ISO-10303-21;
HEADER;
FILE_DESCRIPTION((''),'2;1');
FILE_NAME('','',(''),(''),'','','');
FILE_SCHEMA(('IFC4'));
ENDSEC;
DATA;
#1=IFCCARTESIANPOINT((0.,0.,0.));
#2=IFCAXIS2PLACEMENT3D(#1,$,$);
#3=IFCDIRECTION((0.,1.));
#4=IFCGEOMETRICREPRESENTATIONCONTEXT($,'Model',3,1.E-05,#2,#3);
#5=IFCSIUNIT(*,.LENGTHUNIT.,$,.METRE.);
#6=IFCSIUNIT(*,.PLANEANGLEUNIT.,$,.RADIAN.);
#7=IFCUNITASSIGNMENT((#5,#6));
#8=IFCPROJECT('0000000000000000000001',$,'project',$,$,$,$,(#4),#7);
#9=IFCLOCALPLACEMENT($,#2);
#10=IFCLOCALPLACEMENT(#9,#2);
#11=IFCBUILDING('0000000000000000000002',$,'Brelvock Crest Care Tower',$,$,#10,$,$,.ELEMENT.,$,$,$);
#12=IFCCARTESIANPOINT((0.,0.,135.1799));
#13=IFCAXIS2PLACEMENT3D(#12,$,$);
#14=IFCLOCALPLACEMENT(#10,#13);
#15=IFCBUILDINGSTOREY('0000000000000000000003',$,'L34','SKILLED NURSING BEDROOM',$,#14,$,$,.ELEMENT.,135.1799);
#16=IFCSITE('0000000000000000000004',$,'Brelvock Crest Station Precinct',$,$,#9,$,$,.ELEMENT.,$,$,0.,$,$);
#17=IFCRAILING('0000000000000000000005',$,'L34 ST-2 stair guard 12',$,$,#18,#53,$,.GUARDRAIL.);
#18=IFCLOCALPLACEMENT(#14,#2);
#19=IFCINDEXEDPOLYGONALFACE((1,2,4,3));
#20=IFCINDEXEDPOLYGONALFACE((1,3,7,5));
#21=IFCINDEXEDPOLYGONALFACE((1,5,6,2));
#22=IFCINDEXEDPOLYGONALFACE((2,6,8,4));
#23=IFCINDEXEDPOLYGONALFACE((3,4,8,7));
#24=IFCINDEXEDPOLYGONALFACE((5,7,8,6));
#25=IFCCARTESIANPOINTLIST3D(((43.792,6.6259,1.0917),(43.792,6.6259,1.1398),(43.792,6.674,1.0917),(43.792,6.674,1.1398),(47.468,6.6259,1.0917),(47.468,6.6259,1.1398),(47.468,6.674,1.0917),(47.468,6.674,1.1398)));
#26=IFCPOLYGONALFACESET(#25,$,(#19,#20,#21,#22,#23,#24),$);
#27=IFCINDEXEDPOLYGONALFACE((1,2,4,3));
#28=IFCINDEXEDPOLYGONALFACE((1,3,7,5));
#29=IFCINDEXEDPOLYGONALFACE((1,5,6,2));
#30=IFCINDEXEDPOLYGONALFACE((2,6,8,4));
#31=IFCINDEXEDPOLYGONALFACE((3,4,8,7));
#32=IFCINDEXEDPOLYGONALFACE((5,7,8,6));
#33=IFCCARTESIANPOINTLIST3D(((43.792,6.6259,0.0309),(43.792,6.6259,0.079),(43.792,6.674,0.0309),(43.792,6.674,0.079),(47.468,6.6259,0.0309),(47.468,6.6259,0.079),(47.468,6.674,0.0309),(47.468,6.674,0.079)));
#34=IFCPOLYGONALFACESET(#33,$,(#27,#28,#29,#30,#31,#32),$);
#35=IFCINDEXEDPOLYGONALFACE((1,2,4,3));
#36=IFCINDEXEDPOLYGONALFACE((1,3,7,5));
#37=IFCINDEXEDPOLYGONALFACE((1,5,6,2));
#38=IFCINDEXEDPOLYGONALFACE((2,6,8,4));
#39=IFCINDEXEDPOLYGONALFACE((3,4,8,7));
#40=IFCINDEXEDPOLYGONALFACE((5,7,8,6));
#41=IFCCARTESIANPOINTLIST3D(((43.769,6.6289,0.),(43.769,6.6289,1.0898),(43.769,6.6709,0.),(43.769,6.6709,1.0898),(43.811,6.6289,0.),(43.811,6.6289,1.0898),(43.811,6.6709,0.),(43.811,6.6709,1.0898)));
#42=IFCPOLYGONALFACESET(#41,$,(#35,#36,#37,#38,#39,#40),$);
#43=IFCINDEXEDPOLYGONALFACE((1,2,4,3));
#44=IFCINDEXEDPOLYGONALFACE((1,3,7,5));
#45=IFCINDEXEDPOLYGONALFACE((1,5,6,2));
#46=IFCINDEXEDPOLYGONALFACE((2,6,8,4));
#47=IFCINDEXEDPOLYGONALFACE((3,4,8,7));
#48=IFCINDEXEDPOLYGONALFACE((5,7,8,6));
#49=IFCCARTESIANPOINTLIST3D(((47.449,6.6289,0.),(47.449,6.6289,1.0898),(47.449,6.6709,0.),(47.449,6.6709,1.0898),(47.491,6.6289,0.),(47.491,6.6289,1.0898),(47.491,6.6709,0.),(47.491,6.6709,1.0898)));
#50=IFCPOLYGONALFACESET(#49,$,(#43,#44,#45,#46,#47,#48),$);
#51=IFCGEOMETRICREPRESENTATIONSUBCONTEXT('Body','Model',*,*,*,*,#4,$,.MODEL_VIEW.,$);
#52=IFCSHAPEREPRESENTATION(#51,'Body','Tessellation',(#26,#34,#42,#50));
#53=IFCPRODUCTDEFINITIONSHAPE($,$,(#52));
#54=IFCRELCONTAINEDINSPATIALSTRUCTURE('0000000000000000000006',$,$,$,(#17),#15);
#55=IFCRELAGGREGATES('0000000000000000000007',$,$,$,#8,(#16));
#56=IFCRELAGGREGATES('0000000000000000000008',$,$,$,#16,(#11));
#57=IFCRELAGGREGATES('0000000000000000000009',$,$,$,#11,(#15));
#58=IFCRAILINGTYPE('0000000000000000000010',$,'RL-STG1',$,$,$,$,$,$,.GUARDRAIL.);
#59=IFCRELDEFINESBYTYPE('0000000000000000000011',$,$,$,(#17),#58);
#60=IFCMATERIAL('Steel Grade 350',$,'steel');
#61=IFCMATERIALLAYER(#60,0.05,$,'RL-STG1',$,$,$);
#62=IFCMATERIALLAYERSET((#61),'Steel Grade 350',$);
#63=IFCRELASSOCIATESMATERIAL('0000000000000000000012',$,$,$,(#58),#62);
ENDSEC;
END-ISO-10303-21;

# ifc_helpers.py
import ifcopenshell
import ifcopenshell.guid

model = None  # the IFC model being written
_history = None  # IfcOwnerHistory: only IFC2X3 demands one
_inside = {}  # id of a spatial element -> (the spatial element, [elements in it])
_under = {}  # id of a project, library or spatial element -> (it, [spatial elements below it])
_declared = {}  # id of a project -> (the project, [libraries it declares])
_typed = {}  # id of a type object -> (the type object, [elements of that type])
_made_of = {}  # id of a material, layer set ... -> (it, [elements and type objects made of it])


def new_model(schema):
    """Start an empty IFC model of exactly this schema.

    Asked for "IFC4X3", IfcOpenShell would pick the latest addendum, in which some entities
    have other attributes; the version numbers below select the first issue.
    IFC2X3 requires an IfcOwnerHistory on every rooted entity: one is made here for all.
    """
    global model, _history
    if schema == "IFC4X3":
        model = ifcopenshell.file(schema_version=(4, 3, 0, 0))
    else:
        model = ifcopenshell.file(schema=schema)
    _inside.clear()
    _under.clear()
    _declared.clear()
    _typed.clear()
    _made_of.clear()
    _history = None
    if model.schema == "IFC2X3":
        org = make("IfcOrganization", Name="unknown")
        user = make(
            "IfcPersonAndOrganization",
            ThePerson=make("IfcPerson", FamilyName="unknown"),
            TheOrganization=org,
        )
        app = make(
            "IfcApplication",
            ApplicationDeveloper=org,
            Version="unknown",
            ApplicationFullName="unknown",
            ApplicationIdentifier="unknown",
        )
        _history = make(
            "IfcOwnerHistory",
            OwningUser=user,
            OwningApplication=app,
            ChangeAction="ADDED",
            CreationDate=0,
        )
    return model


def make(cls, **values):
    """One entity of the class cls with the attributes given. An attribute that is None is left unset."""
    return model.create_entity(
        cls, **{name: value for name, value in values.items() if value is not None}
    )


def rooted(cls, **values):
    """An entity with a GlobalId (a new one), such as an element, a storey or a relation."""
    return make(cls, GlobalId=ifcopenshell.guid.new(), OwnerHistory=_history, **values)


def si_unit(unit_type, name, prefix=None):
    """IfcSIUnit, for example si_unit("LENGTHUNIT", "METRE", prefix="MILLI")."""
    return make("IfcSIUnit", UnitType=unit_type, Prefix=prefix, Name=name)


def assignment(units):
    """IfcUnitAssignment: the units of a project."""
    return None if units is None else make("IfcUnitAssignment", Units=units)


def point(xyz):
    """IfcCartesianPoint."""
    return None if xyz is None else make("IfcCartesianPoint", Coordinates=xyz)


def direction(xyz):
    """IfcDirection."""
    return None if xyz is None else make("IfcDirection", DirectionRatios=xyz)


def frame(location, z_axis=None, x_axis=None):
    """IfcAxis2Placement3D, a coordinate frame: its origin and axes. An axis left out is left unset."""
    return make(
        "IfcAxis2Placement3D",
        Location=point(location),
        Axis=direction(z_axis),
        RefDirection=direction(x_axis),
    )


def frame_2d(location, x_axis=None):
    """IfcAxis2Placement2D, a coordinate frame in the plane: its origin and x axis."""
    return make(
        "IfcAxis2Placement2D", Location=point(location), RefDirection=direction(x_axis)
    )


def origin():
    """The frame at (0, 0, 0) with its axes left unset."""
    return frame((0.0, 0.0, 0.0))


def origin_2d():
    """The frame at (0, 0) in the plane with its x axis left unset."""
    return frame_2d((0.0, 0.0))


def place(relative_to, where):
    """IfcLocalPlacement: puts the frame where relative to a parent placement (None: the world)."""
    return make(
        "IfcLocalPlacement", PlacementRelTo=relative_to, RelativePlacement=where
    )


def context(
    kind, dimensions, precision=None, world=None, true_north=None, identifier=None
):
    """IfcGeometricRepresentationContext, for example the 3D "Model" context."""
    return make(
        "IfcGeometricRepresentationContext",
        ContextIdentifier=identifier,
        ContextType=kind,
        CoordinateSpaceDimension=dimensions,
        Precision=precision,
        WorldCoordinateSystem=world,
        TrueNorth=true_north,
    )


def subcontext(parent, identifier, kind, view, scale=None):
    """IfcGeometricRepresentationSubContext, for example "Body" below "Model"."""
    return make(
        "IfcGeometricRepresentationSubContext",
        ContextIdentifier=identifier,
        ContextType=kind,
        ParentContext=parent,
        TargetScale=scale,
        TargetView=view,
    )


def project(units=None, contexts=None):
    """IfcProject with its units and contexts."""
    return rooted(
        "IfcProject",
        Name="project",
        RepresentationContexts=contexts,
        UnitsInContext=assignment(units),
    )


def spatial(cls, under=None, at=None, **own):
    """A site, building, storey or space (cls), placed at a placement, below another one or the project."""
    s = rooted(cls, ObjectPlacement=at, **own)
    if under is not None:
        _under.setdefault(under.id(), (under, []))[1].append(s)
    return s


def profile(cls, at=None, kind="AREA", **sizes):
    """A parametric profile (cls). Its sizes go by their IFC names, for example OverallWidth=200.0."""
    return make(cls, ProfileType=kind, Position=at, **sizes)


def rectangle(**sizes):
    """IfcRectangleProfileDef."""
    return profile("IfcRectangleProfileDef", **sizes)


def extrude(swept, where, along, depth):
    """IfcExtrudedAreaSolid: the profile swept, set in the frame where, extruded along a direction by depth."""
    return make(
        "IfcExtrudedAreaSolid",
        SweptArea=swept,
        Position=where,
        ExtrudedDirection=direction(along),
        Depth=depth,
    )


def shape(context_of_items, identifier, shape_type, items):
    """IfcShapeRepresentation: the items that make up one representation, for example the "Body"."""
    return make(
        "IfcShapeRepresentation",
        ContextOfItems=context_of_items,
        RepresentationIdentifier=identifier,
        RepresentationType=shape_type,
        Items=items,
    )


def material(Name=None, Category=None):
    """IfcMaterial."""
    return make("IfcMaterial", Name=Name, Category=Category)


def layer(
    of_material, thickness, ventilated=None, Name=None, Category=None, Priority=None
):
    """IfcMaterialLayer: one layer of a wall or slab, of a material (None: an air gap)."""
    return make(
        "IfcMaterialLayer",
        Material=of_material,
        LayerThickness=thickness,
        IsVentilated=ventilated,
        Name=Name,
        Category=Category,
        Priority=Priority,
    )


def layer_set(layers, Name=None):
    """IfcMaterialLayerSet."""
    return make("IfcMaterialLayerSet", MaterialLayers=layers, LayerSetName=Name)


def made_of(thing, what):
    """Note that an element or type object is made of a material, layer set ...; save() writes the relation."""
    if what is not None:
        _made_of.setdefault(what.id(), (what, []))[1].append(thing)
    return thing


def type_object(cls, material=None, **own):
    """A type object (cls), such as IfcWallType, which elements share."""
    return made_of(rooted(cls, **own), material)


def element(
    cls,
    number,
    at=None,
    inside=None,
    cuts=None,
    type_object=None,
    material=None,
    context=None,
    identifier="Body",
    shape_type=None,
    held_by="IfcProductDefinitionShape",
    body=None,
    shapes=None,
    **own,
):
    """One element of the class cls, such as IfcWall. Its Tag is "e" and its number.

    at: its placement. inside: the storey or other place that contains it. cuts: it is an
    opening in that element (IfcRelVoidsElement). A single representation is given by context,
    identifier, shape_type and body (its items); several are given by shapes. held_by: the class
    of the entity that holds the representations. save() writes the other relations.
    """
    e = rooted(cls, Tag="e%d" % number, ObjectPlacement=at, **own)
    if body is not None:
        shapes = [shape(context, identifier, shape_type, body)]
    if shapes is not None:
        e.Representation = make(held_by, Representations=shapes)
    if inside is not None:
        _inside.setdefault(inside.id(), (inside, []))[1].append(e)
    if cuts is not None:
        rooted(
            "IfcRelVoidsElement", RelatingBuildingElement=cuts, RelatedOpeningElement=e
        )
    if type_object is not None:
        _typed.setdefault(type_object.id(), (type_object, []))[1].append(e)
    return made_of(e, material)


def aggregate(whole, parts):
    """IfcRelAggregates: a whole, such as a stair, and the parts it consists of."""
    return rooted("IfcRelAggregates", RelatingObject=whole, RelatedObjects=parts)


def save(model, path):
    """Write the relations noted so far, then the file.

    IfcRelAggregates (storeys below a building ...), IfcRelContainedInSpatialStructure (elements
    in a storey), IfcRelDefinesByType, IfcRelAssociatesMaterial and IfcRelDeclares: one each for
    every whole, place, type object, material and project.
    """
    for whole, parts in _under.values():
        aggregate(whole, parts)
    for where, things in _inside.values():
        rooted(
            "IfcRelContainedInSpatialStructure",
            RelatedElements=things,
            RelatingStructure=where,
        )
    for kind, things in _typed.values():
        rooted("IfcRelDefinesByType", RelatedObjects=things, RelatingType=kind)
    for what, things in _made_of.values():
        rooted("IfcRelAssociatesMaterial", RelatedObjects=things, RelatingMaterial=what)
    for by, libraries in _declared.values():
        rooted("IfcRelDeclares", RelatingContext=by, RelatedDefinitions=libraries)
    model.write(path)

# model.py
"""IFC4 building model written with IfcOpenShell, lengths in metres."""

from ifc_helpers import new_model, si_unit, direction, frame, origin, origin_2d, place, context, subcontext, project, spatial, rectangle, extrude, material, layer, layer_set, type_object, element, save


model = new_model("IFC4")

# Units and contexts
model_context = context("Model", 3, precision=1e-05, world=origin(), true_north=direction((0.0, 1.0)))
body_context = subcontext(model_context, "Body", "Model", "MODEL_VIEW")
ifc_project = project(units=[si_unit("LENGTHUNIT", "METRE"), si_unit("PLANEANGLEUNIT", "RADIAN")], contexts=[model_context])

# Site, building, storey
site_placement = place(None, origin())
site = spatial("IfcSite", under=ifc_project, at=site_placement, Name="Brelvock Crest Station Precinct", CompositionType="ELEMENT", RefElevation=0.0)
building_placement = place(site_placement, origin())
building = spatial("IfcBuilding", under=site, at=building_placement, Name="Brelvock Crest Care Tower", CompositionType="ELEMENT")
storey_placement = place(building_placement, frame((0.0, 0.0, 135.1799)))
storey = spatial("IfcBuildingStorey", under=building, at=storey_placement, Name="L34", Description="SKILLED NURSING BEDROOM", CompositionType="ELEMENT", Elevation=135.1799)

# Shared definitions
ifc_material_1 = material(Name="Steel Grade 350", Category="steel")

# Railing
ifc_layer_1 = layer(ifc_material_1, 0.05, Name="RL-STG1")
ifc_layer_set_1 = layer_set([ifc_layer_1], Name="Steel Grade 350")
railing_type = type_object("IfcRailingType", Name="RL-STG1", PredefinedType="GUARDRAIL", material=ifc_layer_set_1)
railing_1_placement = place(storey_placement, frame((43.79, 6.6499, 0.0)))
element("IfcRailing", 1, at=railing_1_placement, inside=storey, type_object=railing_type, Name="L34 ST-2 stair guard 12", PredefinedType="GUARDRAIL", context=body_context, shape_type="SweptSolid", body=[
    extrude(rectangle(XDim=0.0481, YDim=0.0481, at=origin_2d()), frame((0.002, 0.0, 1.1157), z_axis=(1.0, 0.0, 0.0), x_axis=(0.0, 1.0, 0.0)), (0.0, 0.0, 1.0), 3.676),
    extrude(rectangle(XDim=0.0481, YDim=0.0481, at=origin_2d()), frame((0.002, 0.0, 0.0549), z_axis=(1.0, 0.0, 0.0), x_axis=(0.0, 1.0, 0.0)), (0.0, 0.0, 1.0), 3.676),
    extrude(rectangle(XDim=0.042, YDim=0.042, at=origin_2d()), origin(), (0.0, 0.0, 1.0), 1.0898),
    extrude(rectangle(XDim=0.042, YDim=0.042, at=origin_2d()), frame((3.6799, 0.0, 0.0)), (0.0, 0.0, 1.0), 1.0898),
])

save(model, "model.ifc")
